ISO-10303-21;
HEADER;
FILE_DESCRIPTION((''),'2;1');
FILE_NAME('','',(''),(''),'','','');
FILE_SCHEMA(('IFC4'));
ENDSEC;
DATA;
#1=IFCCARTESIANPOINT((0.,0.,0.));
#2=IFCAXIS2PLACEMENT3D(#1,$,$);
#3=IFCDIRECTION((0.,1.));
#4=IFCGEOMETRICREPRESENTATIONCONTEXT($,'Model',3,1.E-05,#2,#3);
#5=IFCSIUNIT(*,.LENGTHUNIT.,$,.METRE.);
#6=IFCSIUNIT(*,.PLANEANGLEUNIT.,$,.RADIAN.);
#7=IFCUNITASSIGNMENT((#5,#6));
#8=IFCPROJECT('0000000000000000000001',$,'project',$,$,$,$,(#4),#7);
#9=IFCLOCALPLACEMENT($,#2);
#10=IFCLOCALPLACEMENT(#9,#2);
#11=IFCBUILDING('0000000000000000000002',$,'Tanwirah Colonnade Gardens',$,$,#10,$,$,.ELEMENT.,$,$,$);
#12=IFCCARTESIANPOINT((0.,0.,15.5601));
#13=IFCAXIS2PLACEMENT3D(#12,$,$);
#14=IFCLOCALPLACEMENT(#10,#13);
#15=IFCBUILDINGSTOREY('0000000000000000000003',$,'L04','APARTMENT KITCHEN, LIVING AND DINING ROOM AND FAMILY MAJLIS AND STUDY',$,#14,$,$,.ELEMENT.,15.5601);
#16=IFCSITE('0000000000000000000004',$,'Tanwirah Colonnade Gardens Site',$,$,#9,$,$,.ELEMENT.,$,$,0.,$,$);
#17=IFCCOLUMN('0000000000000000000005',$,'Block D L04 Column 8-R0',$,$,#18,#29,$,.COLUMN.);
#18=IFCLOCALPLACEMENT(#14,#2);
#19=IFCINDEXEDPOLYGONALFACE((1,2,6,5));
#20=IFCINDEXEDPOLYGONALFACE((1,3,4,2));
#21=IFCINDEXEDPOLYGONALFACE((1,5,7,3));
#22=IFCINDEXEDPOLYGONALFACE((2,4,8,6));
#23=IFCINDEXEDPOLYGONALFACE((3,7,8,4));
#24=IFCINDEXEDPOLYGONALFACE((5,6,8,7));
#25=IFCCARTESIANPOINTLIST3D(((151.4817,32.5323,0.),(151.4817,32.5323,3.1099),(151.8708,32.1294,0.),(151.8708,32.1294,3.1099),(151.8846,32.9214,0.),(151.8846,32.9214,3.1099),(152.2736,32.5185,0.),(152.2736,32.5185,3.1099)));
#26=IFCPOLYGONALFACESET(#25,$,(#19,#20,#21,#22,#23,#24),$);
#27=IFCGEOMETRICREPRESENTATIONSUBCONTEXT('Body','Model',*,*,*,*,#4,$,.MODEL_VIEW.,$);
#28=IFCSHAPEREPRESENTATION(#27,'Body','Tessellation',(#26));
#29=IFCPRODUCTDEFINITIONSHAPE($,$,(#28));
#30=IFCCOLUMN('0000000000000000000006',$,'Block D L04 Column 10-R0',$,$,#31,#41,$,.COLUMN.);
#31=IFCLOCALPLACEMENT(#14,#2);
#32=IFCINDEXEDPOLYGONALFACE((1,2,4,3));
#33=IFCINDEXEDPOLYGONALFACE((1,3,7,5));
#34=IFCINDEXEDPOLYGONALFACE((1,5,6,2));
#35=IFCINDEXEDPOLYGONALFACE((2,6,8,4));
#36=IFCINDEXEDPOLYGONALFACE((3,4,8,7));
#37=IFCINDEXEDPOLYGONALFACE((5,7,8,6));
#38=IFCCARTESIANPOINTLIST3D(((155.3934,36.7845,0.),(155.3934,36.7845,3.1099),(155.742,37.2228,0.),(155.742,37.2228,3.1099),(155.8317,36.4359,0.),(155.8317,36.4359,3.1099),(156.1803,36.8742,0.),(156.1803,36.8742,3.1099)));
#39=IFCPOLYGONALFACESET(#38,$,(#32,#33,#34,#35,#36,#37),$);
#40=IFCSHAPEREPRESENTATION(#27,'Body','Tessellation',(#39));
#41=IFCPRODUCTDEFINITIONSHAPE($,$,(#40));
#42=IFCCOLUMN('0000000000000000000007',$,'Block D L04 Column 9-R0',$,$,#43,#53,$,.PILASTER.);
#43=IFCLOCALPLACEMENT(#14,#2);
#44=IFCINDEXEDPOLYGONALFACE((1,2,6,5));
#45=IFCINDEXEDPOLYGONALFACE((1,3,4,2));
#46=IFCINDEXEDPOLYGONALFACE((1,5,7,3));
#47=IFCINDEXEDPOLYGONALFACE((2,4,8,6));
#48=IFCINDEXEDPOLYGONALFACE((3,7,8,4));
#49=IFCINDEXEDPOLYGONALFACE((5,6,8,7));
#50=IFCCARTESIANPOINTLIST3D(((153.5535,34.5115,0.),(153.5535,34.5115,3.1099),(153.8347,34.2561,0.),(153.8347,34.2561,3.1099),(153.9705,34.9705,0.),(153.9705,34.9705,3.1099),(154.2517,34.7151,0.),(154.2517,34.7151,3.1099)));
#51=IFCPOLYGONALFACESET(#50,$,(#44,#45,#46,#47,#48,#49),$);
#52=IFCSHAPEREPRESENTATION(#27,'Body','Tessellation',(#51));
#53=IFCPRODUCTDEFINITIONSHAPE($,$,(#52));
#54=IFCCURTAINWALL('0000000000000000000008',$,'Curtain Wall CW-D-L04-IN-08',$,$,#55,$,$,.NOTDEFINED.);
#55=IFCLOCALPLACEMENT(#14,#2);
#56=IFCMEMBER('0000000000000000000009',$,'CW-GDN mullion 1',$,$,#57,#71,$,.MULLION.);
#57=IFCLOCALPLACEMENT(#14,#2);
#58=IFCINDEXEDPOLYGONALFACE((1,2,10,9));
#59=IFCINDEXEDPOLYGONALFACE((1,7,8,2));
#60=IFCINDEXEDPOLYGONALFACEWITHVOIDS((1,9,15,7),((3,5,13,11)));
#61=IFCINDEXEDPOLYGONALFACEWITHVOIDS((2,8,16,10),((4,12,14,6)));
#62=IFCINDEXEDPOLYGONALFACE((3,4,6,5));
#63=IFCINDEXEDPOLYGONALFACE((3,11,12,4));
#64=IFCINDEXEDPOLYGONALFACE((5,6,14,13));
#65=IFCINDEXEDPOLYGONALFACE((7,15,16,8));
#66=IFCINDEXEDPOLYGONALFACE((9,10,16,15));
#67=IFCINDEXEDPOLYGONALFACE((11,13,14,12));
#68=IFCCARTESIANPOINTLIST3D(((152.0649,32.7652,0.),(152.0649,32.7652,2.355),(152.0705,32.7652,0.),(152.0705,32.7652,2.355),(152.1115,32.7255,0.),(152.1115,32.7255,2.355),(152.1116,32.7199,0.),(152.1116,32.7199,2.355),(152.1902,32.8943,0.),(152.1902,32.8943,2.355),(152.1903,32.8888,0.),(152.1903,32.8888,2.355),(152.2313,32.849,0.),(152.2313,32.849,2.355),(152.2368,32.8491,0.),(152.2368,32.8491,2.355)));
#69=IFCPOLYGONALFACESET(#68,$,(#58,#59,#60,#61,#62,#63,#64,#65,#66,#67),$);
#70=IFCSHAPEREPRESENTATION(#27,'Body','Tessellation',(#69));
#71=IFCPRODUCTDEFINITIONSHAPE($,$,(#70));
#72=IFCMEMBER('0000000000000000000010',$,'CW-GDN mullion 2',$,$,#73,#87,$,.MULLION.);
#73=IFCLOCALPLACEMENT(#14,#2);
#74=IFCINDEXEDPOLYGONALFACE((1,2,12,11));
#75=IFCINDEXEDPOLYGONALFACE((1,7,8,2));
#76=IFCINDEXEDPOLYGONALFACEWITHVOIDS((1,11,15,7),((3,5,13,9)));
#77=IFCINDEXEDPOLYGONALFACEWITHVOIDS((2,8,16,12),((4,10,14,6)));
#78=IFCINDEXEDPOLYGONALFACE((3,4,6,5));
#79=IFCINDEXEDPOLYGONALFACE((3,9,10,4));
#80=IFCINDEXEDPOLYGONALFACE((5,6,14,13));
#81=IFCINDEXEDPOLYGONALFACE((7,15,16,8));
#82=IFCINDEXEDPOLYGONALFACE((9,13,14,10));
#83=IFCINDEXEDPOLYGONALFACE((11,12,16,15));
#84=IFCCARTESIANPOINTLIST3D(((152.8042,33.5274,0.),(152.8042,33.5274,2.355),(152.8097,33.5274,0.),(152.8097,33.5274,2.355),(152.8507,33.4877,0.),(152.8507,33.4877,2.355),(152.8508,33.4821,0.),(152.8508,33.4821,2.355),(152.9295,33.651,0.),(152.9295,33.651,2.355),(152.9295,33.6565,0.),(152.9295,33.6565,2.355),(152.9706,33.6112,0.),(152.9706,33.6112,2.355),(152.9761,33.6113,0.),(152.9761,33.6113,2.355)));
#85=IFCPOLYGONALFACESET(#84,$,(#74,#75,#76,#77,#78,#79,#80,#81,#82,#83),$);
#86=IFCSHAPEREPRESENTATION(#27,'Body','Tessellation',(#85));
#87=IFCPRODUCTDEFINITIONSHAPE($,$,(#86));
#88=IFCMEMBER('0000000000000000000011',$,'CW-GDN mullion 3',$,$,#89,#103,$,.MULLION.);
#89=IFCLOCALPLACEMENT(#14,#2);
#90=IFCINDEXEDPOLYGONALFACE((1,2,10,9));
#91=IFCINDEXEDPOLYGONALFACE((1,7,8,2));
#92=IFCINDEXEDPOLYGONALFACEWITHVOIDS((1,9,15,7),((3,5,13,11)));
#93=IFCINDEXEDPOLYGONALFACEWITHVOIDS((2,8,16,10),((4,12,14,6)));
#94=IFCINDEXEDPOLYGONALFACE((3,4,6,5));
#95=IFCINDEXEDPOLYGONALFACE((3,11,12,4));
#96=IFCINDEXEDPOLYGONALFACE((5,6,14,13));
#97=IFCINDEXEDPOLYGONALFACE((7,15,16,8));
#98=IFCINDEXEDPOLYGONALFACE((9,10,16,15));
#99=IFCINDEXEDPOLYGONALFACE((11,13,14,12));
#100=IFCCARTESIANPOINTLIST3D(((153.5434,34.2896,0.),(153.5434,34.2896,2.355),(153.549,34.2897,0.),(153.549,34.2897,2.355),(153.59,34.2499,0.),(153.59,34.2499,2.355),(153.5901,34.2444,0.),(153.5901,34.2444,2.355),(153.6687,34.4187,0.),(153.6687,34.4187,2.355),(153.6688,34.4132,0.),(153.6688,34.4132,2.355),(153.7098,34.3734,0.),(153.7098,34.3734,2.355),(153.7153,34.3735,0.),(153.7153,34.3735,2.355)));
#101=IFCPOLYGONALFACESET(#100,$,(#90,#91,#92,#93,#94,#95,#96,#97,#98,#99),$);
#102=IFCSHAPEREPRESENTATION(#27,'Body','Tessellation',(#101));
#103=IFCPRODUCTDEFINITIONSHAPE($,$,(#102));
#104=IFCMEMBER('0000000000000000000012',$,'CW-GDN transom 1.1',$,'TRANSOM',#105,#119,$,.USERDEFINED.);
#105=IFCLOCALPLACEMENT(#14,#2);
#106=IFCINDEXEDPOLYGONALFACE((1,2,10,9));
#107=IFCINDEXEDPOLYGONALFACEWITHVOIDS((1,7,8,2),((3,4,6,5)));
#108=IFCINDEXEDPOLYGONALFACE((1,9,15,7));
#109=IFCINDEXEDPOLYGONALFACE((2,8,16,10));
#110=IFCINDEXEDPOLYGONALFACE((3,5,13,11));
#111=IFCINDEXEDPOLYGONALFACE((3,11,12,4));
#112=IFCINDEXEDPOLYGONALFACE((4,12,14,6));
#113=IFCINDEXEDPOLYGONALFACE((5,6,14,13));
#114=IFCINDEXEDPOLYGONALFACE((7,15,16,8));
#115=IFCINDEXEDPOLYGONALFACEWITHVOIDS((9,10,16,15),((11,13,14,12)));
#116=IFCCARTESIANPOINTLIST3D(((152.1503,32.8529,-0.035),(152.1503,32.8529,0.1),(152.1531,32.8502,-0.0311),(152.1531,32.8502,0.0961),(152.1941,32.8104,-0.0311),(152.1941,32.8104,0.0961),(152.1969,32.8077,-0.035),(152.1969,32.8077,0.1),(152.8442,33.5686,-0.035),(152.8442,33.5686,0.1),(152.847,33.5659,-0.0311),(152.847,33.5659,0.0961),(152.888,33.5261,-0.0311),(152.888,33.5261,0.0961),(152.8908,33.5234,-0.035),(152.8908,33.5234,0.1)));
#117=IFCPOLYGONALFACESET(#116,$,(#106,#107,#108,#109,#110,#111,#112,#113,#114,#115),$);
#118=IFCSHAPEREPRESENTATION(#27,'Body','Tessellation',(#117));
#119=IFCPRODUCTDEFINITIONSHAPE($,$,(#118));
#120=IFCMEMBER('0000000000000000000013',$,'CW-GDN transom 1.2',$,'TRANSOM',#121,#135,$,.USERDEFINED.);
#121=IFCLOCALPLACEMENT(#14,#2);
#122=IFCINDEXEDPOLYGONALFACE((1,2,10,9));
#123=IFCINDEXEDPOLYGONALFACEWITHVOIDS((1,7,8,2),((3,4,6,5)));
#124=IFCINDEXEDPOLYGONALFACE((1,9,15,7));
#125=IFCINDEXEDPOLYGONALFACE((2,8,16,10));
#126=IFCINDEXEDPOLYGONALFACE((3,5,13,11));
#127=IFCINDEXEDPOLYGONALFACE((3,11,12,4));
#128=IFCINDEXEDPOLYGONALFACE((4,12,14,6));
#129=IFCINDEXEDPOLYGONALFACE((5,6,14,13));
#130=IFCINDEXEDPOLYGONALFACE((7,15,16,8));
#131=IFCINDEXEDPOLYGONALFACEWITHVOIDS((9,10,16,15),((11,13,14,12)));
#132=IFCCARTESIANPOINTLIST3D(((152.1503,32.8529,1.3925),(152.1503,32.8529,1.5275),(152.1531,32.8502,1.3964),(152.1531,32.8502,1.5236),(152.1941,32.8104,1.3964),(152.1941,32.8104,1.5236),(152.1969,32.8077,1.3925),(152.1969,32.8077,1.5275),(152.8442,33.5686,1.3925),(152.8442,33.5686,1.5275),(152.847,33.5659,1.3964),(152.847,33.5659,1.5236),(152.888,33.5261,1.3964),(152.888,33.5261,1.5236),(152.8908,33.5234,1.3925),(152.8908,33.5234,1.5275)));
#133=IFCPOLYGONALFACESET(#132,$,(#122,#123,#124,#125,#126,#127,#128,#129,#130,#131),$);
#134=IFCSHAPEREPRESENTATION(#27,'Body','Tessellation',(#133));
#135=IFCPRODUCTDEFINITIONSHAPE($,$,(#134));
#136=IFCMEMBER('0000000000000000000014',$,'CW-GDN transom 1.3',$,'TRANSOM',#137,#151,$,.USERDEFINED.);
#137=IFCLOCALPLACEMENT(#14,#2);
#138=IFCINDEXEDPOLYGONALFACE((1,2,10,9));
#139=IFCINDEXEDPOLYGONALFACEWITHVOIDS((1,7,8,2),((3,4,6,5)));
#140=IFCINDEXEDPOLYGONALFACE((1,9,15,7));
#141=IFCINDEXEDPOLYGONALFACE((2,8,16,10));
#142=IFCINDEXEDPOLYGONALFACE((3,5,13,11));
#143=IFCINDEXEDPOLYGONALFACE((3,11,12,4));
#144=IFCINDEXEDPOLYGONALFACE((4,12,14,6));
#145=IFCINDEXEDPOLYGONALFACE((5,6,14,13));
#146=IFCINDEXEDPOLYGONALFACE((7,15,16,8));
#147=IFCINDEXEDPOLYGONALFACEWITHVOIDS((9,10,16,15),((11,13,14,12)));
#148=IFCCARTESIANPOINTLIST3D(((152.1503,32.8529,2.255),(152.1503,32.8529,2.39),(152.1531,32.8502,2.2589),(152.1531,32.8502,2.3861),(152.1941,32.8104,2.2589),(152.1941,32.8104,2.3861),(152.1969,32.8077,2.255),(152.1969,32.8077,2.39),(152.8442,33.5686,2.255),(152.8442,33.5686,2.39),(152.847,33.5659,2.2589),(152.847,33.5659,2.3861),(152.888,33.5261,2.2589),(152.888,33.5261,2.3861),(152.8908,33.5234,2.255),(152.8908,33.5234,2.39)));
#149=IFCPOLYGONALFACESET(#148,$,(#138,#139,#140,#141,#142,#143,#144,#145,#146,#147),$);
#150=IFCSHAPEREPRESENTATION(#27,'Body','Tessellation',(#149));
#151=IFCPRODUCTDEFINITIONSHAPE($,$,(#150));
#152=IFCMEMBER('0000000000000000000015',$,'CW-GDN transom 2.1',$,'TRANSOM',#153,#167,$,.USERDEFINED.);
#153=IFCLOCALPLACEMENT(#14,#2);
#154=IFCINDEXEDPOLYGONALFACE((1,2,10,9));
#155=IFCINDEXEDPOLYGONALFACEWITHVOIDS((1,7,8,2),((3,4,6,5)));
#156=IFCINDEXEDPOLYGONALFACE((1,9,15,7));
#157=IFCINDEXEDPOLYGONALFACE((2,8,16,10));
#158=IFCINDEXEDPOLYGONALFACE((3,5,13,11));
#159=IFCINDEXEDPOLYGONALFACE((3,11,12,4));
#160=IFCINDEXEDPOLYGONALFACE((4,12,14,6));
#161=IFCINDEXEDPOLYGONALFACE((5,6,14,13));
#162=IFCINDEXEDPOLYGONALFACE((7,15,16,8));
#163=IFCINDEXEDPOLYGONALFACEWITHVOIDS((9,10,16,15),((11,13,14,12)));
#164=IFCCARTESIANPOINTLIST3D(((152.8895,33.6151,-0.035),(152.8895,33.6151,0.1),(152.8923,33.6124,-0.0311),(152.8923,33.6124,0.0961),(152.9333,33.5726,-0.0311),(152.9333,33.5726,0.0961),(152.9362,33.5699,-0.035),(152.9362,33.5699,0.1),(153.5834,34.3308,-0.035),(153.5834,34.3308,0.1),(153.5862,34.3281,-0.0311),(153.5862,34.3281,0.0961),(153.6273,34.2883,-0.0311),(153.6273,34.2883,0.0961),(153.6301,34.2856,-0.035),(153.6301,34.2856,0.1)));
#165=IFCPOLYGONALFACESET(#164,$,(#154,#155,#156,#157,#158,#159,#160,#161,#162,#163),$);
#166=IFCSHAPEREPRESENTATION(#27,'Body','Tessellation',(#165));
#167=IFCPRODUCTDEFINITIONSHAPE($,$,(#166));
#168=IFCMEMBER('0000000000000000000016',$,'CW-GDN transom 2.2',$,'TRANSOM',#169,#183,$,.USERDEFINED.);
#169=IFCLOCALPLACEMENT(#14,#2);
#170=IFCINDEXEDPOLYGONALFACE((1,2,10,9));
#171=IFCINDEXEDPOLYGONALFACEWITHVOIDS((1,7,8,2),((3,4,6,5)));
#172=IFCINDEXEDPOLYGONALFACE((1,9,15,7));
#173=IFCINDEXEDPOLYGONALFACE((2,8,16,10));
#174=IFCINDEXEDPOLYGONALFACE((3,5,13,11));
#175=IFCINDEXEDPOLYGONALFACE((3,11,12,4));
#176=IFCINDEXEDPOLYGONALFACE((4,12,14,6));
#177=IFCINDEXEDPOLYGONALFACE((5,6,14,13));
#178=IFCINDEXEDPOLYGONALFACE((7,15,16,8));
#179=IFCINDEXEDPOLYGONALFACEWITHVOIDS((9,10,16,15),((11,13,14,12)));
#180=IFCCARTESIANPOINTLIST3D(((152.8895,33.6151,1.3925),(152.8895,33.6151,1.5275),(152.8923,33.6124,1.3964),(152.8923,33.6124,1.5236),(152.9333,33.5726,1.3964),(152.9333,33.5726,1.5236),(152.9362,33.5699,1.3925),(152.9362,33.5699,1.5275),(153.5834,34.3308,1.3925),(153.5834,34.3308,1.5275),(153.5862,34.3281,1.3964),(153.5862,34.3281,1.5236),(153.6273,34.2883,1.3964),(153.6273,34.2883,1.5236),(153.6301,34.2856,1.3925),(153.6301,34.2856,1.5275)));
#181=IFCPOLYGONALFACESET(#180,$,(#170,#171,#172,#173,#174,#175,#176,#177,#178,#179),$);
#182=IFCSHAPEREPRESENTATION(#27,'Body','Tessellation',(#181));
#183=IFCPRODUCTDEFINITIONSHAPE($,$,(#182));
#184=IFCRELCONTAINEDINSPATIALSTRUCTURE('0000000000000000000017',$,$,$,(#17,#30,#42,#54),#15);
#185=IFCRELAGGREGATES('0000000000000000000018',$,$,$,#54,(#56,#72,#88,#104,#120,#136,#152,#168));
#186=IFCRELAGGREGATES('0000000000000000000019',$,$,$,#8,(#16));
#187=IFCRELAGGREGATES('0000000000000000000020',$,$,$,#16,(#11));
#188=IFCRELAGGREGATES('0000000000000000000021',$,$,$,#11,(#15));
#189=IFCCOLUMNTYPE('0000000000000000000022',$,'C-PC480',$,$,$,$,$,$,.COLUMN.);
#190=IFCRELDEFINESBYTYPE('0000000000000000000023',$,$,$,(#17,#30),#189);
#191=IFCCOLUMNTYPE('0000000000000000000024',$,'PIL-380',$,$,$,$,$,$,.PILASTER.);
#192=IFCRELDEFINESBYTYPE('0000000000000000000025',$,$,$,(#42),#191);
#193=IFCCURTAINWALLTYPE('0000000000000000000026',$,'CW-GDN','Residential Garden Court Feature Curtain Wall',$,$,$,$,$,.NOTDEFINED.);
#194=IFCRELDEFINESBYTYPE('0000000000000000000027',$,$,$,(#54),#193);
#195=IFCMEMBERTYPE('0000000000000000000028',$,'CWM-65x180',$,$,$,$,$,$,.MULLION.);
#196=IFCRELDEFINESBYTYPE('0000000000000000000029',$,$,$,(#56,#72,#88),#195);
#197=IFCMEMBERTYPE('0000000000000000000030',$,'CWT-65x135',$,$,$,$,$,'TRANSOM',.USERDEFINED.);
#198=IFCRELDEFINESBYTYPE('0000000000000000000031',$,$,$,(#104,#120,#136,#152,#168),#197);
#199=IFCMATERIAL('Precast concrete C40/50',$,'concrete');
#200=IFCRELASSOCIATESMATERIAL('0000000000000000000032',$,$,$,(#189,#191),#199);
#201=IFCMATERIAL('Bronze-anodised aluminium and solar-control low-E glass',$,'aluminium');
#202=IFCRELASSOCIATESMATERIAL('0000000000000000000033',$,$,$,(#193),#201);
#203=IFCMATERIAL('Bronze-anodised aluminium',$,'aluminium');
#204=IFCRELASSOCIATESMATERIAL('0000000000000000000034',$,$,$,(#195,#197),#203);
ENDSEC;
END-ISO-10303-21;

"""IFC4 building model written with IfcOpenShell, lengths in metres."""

from ifc_helpers import new_model, si_unit, direction, frame, origin, origin_2d, place, context, subcontext, project, spatial, rectangle, hollow_rectangle, extrude, material, material_profile, profile_set, type_object, element, aggregate, save


model = new_model("IFC4")

# Units and contexts
model_context = context("Model", 3, precision=1e-05, world=origin(), true_north=direction((0.0, 1.0)))
body_context = subcontext(model_context, "Body", "Model", "MODEL_VIEW")
ifc_project = project(units=[si_unit("LENGTHUNIT", "METRE"), si_unit("PLANEANGLEUNIT", "RADIAN")], contexts=[model_context])

# Site, building, storey
site_placement = place(None, origin())
site = spatial("IfcSite", under=ifc_project, at=site_placement, Name="Tanwirah Colonnade Gardens Site", CompositionType="ELEMENT", RefElevation=0.0)
building_placement = place(site_placement, origin())
building = spatial("IfcBuilding", under=site, at=building_placement, Name="Tanwirah Colonnade Gardens", CompositionType="ELEMENT")
storey_placement = place(building_placement, frame((0.0, 0.0, 15.5601)))
storey = spatial("IfcBuildingStorey", under=building, at=storey_placement, Name="L04", Description="APARTMENT KITCHEN, LIVING AND DINING ROOM AND FAMILY MAJLIS AND STUDY", CompositionType="ELEMENT", Elevation=15.5601)

# Columns
ifc_material_1 = material(Name="Precast concrete C40/50", Category="concrete")
ifc_material_profile_1 = material_profile(ifc_material_1, rectangle(XDim=0.5601, YDim=0.5601, at=origin_2d()), Name="PC-COL 560x560")
ifc_profile_set_1 = profile_set([ifc_material_profile_1], Name="Precast concrete C40/50")
column_type_1 = type_object("IfcColumnType", Name="C-PC480", PredefinedType="COLUMN", material=ifc_profile_set_1)
for number, where, z_axis, x_axis, name in (
    (1, (151.8777, 32.5254, 0.0), (0.0, 0.0, 1.0), (0.694658, -0.71934, 0.0), "Block D L04 Column 8-R0"),
    (2, (155.7869, 36.8293, 0.0), (0.0, 0.0, 1.0), (0.782608, -0.622515, 0.0), "Block D L04 Column 10-R0"),
):
    element("IfcColumn", number, at=place(storey_placement, frame(where, z_axis=z_axis, x_axis=x_axis)), inside=storey, type_object=column_type_1, Name=name, PredefinedType="COLUMN", context=body_context, shape_type="SweptSolid", body=[
        extrude(rectangle(XDim=0.5601, YDim=0.5601, at=origin_2d()), origin(), (0.0, 0.0, 1.0), 3.1099),
    ])
ifc_material_profile_2 = material_profile(ifc_material_1, rectangle(XDim=0.3799, YDim=0.6201, at=origin_2d()), Name="PC-PIL 380x620")
ifc_profile_set_2 = profile_set([ifc_material_profile_2], Name="Precast concrete C40/50")
column_type_2 = type_object("IfcColumnType", Name="PIL-380", PredefinedType="PILASTER", material=ifc_profile_set_2)
column_placement = place(storey_placement, frame((153.9026, 34.6133, 0.0), z_axis=(0.0, 0.0, 1.0), x_axis=(0.740218, -0.672367, 0.0)))
element("IfcColumn", 3, at=column_placement, inside=storey, type_object=column_type_2, Name="Block D L04 Column 9-R0", PredefinedType="PILASTER", context=body_context, shape_type="SweptSolid", body=[
    extrude(rectangle(XDim=0.3799, YDim=0.6201, at=origin_2d()), origin(), (0.0, 0.0, 1.0), 3.1099),
])

# Curtain wall, members
ifc_material_2 = material(Name="Bronze-anodised aluminium and solar-control low-E glass", Category="aluminium")
curtain_wall_type = type_object("IfcCurtainWallType", Name="CW-GDN", Description="Residential Garden Court Feature Curtain Wall", PredefinedType="NOTDEFINED", material=ifc_material_2)
curtain_wall_placement = place(storey_placement, origin())
curtain_wall = element("IfcCurtainWall", 4, at=curtain_wall_placement, inside=storey, type_object=curtain_wall_type, Name="Curtain Wall CW-D-L04-IN-08", PredefinedType="NOTDEFINED")
ifc_material_3 = material(Name="Bronze-anodised aluminium", Category="aluminium")
ifc_material_profile_3 = material_profile(ifc_material_3, hollow_rectangle(XDim=0.0649, YDim=0.1799, WallThickness=0.0039, at=origin_2d()), Name="CW-MUL 65x180x4")
ifc_profile_set_3 = profile_set([ifc_material_profile_3], Name="Bronze-anodised aluminium")
member_type_1 = type_object("IfcMemberType", Name="CWM-65x180", PredefinedType="MULLION", material=ifc_profile_set_3)
member_1_placement = place(storey_placement, frame((152.1509, 32.8071, 0.0), z_axis=(0.0, 0.0, 1.0), x_axis=(-0.717825, 0.696223, 0.0)))
member_1 = element("IfcMember", 5, at=member_1_placement, type_object=member_type_1, Name="CW-GDN mullion 1", PredefinedType="MULLION", context=body_context, shape_type="SweptSolid", body=[
    extrude(hollow_rectangle(XDim=0.0649, YDim=0.1799, WallThickness=0.0039, at=origin_2d()), origin(), (0.0, 0.0, 1.0), 2.355),
])
member_2_placement = place(storey_placement, frame((152.8901, 33.5693, 0.0), z_axis=(0.0, 0.0, 1.0), x_axis=(-0.717825, 0.696223, 0.0)))
member_2 = element("IfcMember", 6, at=member_2_placement, type_object=member_type_1, Name="CW-GDN mullion 2", PredefinedType="MULLION", context=body_context, shape_type="SweptSolid", body=[
    extrude(hollow_rectangle(XDim=0.0649, YDim=0.1799, WallThickness=0.0039, at=origin_2d()), origin(), (0.0, 0.0, 1.0), 2.355),
])
member_3_placement = place(storey_placement, frame((153.6294, 34.3315, 0.0), z_axis=(0.0, 0.0, 1.0), x_axis=(-0.717825, 0.696223, 0.0)))
member_3 = element("IfcMember", 7, at=member_3_placement, type_object=member_type_1, Name="CW-GDN mullion 3", PredefinedType="MULLION", context=body_context, shape_type="SweptSolid", body=[
    extrude(hollow_rectangle(XDim=0.0649, YDim=0.1799, WallThickness=0.0039, at=origin_2d()), origin(), (0.0, 0.0, 1.0), 2.355),
])
ifc_material_profile_4 = material_profile(ifc_material_3, hollow_rectangle(XDim=0.0649, YDim=0.135, WallThickness=0.0039, at=origin_2d()), Name="CW-TRN 65x135x4")
ifc_profile_set_4 = profile_set([ifc_material_profile_4], Name="Bronze-anodised aluminium")
member_type_2 = type_object("IfcMemberType", Name="CWT-65x135", ElementType="TRANSOM", PredefinedType="USERDEFINED", material=ifc_profile_set_4)
member_4_placement = place(storey_placement, frame((152.1736, 32.8303, 0.0325), z_axis=(0.696123, 0.717923, 0.0), x_axis=(-0.717923, 0.696123, 0.0)))
member_4 = element("IfcMember", 8, at=member_4_placement, type_object=member_type_2, Name="CW-GDN transom 1.1", ObjectType="TRANSOM", PredefinedType="USERDEFINED", context=body_context, shape_type="SweptSolid", body=[
    extrude(hollow_rectangle(XDim=0.0649, YDim=0.135, WallThickness=0.0039, at=origin_2d()), origin(), (0.0, 0.0, 1.0), 0.9968),
])
member_5_placement = place(storey_placement, frame((152.1736, 32.8303, 1.46), z_axis=(0.696123, 0.717923, 0.0), x_axis=(-0.717923, 0.696123, 0.0)))
member_5 = element("IfcMember", 9, at=member_5_placement, type_object=member_type_2, Name="CW-GDN transom 1.2", ObjectType="TRANSOM", PredefinedType="USERDEFINED", context=body_context, shape_type="SweptSolid", body=[
    extrude(hollow_rectangle(XDim=0.0649, YDim=0.135, WallThickness=0.0039, at=origin_2d()), origin(), (0.0, 0.0, 1.0), 0.9968),
])
member_6_placement = place(storey_placement, frame((152.1736, 32.8303, 2.3225), z_axis=(0.696123, 0.717923, 0.0), x_axis=(-0.717923, 0.696123, 0.0)))
member_6 = element("IfcMember", 10, at=member_6_placement, type_object=member_type_2, Name="CW-GDN transom 1.3", ObjectType="TRANSOM", PredefinedType="USERDEFINED", context=body_context, shape_type="SweptSolid", body=[
    extrude(hollow_rectangle(XDim=0.0649, YDim=0.135, WallThickness=0.0039, at=origin_2d()), origin(), (0.0, 0.0, 1.0), 0.9968),
])
member_7_placement = place(storey_placement, frame((152.9128, 33.5925, 0.0325), z_axis=(0.696123, 0.717923, 0.0), x_axis=(-0.717923, 0.696123, 0.0)))
member_7 = element("IfcMember", 11, at=member_7_placement, type_object=member_type_2, Name="CW-GDN transom 2.1", ObjectType="TRANSOM", PredefinedType="USERDEFINED", context=body_context, shape_type="SweptSolid", body=[
    extrude(hollow_rectangle(XDim=0.0649, YDim=0.135, WallThickness=0.0039, at=origin_2d()), origin(), (0.0, 0.0, 1.0), 0.9968),
])
member_8_placement = place(storey_placement, frame((152.9128, 33.5925, 1.46), z_axis=(0.696123, 0.717923, 0.0), x_axis=(-0.717923, 0.696123, 0.0)))
member_8 = element("IfcMember", 12, at=member_8_placement, type_object=member_type_2, Name="CW-GDN transom 2.2", ObjectType="TRANSOM", PredefinedType="USERDEFINED", context=body_context, shape_type="SweptSolid", body=[
    extrude(hollow_rectangle(XDim=0.0649, YDim=0.135, WallThickness=0.0039, at=origin_2d()), origin(), (0.0, 0.0, 1.0), 0.9968),
])

aggregate(curtain_wall, [member_1, member_2, member_3, member_4, member_5, member_6, member_7, member_8])

save(model, "model.ifc")
